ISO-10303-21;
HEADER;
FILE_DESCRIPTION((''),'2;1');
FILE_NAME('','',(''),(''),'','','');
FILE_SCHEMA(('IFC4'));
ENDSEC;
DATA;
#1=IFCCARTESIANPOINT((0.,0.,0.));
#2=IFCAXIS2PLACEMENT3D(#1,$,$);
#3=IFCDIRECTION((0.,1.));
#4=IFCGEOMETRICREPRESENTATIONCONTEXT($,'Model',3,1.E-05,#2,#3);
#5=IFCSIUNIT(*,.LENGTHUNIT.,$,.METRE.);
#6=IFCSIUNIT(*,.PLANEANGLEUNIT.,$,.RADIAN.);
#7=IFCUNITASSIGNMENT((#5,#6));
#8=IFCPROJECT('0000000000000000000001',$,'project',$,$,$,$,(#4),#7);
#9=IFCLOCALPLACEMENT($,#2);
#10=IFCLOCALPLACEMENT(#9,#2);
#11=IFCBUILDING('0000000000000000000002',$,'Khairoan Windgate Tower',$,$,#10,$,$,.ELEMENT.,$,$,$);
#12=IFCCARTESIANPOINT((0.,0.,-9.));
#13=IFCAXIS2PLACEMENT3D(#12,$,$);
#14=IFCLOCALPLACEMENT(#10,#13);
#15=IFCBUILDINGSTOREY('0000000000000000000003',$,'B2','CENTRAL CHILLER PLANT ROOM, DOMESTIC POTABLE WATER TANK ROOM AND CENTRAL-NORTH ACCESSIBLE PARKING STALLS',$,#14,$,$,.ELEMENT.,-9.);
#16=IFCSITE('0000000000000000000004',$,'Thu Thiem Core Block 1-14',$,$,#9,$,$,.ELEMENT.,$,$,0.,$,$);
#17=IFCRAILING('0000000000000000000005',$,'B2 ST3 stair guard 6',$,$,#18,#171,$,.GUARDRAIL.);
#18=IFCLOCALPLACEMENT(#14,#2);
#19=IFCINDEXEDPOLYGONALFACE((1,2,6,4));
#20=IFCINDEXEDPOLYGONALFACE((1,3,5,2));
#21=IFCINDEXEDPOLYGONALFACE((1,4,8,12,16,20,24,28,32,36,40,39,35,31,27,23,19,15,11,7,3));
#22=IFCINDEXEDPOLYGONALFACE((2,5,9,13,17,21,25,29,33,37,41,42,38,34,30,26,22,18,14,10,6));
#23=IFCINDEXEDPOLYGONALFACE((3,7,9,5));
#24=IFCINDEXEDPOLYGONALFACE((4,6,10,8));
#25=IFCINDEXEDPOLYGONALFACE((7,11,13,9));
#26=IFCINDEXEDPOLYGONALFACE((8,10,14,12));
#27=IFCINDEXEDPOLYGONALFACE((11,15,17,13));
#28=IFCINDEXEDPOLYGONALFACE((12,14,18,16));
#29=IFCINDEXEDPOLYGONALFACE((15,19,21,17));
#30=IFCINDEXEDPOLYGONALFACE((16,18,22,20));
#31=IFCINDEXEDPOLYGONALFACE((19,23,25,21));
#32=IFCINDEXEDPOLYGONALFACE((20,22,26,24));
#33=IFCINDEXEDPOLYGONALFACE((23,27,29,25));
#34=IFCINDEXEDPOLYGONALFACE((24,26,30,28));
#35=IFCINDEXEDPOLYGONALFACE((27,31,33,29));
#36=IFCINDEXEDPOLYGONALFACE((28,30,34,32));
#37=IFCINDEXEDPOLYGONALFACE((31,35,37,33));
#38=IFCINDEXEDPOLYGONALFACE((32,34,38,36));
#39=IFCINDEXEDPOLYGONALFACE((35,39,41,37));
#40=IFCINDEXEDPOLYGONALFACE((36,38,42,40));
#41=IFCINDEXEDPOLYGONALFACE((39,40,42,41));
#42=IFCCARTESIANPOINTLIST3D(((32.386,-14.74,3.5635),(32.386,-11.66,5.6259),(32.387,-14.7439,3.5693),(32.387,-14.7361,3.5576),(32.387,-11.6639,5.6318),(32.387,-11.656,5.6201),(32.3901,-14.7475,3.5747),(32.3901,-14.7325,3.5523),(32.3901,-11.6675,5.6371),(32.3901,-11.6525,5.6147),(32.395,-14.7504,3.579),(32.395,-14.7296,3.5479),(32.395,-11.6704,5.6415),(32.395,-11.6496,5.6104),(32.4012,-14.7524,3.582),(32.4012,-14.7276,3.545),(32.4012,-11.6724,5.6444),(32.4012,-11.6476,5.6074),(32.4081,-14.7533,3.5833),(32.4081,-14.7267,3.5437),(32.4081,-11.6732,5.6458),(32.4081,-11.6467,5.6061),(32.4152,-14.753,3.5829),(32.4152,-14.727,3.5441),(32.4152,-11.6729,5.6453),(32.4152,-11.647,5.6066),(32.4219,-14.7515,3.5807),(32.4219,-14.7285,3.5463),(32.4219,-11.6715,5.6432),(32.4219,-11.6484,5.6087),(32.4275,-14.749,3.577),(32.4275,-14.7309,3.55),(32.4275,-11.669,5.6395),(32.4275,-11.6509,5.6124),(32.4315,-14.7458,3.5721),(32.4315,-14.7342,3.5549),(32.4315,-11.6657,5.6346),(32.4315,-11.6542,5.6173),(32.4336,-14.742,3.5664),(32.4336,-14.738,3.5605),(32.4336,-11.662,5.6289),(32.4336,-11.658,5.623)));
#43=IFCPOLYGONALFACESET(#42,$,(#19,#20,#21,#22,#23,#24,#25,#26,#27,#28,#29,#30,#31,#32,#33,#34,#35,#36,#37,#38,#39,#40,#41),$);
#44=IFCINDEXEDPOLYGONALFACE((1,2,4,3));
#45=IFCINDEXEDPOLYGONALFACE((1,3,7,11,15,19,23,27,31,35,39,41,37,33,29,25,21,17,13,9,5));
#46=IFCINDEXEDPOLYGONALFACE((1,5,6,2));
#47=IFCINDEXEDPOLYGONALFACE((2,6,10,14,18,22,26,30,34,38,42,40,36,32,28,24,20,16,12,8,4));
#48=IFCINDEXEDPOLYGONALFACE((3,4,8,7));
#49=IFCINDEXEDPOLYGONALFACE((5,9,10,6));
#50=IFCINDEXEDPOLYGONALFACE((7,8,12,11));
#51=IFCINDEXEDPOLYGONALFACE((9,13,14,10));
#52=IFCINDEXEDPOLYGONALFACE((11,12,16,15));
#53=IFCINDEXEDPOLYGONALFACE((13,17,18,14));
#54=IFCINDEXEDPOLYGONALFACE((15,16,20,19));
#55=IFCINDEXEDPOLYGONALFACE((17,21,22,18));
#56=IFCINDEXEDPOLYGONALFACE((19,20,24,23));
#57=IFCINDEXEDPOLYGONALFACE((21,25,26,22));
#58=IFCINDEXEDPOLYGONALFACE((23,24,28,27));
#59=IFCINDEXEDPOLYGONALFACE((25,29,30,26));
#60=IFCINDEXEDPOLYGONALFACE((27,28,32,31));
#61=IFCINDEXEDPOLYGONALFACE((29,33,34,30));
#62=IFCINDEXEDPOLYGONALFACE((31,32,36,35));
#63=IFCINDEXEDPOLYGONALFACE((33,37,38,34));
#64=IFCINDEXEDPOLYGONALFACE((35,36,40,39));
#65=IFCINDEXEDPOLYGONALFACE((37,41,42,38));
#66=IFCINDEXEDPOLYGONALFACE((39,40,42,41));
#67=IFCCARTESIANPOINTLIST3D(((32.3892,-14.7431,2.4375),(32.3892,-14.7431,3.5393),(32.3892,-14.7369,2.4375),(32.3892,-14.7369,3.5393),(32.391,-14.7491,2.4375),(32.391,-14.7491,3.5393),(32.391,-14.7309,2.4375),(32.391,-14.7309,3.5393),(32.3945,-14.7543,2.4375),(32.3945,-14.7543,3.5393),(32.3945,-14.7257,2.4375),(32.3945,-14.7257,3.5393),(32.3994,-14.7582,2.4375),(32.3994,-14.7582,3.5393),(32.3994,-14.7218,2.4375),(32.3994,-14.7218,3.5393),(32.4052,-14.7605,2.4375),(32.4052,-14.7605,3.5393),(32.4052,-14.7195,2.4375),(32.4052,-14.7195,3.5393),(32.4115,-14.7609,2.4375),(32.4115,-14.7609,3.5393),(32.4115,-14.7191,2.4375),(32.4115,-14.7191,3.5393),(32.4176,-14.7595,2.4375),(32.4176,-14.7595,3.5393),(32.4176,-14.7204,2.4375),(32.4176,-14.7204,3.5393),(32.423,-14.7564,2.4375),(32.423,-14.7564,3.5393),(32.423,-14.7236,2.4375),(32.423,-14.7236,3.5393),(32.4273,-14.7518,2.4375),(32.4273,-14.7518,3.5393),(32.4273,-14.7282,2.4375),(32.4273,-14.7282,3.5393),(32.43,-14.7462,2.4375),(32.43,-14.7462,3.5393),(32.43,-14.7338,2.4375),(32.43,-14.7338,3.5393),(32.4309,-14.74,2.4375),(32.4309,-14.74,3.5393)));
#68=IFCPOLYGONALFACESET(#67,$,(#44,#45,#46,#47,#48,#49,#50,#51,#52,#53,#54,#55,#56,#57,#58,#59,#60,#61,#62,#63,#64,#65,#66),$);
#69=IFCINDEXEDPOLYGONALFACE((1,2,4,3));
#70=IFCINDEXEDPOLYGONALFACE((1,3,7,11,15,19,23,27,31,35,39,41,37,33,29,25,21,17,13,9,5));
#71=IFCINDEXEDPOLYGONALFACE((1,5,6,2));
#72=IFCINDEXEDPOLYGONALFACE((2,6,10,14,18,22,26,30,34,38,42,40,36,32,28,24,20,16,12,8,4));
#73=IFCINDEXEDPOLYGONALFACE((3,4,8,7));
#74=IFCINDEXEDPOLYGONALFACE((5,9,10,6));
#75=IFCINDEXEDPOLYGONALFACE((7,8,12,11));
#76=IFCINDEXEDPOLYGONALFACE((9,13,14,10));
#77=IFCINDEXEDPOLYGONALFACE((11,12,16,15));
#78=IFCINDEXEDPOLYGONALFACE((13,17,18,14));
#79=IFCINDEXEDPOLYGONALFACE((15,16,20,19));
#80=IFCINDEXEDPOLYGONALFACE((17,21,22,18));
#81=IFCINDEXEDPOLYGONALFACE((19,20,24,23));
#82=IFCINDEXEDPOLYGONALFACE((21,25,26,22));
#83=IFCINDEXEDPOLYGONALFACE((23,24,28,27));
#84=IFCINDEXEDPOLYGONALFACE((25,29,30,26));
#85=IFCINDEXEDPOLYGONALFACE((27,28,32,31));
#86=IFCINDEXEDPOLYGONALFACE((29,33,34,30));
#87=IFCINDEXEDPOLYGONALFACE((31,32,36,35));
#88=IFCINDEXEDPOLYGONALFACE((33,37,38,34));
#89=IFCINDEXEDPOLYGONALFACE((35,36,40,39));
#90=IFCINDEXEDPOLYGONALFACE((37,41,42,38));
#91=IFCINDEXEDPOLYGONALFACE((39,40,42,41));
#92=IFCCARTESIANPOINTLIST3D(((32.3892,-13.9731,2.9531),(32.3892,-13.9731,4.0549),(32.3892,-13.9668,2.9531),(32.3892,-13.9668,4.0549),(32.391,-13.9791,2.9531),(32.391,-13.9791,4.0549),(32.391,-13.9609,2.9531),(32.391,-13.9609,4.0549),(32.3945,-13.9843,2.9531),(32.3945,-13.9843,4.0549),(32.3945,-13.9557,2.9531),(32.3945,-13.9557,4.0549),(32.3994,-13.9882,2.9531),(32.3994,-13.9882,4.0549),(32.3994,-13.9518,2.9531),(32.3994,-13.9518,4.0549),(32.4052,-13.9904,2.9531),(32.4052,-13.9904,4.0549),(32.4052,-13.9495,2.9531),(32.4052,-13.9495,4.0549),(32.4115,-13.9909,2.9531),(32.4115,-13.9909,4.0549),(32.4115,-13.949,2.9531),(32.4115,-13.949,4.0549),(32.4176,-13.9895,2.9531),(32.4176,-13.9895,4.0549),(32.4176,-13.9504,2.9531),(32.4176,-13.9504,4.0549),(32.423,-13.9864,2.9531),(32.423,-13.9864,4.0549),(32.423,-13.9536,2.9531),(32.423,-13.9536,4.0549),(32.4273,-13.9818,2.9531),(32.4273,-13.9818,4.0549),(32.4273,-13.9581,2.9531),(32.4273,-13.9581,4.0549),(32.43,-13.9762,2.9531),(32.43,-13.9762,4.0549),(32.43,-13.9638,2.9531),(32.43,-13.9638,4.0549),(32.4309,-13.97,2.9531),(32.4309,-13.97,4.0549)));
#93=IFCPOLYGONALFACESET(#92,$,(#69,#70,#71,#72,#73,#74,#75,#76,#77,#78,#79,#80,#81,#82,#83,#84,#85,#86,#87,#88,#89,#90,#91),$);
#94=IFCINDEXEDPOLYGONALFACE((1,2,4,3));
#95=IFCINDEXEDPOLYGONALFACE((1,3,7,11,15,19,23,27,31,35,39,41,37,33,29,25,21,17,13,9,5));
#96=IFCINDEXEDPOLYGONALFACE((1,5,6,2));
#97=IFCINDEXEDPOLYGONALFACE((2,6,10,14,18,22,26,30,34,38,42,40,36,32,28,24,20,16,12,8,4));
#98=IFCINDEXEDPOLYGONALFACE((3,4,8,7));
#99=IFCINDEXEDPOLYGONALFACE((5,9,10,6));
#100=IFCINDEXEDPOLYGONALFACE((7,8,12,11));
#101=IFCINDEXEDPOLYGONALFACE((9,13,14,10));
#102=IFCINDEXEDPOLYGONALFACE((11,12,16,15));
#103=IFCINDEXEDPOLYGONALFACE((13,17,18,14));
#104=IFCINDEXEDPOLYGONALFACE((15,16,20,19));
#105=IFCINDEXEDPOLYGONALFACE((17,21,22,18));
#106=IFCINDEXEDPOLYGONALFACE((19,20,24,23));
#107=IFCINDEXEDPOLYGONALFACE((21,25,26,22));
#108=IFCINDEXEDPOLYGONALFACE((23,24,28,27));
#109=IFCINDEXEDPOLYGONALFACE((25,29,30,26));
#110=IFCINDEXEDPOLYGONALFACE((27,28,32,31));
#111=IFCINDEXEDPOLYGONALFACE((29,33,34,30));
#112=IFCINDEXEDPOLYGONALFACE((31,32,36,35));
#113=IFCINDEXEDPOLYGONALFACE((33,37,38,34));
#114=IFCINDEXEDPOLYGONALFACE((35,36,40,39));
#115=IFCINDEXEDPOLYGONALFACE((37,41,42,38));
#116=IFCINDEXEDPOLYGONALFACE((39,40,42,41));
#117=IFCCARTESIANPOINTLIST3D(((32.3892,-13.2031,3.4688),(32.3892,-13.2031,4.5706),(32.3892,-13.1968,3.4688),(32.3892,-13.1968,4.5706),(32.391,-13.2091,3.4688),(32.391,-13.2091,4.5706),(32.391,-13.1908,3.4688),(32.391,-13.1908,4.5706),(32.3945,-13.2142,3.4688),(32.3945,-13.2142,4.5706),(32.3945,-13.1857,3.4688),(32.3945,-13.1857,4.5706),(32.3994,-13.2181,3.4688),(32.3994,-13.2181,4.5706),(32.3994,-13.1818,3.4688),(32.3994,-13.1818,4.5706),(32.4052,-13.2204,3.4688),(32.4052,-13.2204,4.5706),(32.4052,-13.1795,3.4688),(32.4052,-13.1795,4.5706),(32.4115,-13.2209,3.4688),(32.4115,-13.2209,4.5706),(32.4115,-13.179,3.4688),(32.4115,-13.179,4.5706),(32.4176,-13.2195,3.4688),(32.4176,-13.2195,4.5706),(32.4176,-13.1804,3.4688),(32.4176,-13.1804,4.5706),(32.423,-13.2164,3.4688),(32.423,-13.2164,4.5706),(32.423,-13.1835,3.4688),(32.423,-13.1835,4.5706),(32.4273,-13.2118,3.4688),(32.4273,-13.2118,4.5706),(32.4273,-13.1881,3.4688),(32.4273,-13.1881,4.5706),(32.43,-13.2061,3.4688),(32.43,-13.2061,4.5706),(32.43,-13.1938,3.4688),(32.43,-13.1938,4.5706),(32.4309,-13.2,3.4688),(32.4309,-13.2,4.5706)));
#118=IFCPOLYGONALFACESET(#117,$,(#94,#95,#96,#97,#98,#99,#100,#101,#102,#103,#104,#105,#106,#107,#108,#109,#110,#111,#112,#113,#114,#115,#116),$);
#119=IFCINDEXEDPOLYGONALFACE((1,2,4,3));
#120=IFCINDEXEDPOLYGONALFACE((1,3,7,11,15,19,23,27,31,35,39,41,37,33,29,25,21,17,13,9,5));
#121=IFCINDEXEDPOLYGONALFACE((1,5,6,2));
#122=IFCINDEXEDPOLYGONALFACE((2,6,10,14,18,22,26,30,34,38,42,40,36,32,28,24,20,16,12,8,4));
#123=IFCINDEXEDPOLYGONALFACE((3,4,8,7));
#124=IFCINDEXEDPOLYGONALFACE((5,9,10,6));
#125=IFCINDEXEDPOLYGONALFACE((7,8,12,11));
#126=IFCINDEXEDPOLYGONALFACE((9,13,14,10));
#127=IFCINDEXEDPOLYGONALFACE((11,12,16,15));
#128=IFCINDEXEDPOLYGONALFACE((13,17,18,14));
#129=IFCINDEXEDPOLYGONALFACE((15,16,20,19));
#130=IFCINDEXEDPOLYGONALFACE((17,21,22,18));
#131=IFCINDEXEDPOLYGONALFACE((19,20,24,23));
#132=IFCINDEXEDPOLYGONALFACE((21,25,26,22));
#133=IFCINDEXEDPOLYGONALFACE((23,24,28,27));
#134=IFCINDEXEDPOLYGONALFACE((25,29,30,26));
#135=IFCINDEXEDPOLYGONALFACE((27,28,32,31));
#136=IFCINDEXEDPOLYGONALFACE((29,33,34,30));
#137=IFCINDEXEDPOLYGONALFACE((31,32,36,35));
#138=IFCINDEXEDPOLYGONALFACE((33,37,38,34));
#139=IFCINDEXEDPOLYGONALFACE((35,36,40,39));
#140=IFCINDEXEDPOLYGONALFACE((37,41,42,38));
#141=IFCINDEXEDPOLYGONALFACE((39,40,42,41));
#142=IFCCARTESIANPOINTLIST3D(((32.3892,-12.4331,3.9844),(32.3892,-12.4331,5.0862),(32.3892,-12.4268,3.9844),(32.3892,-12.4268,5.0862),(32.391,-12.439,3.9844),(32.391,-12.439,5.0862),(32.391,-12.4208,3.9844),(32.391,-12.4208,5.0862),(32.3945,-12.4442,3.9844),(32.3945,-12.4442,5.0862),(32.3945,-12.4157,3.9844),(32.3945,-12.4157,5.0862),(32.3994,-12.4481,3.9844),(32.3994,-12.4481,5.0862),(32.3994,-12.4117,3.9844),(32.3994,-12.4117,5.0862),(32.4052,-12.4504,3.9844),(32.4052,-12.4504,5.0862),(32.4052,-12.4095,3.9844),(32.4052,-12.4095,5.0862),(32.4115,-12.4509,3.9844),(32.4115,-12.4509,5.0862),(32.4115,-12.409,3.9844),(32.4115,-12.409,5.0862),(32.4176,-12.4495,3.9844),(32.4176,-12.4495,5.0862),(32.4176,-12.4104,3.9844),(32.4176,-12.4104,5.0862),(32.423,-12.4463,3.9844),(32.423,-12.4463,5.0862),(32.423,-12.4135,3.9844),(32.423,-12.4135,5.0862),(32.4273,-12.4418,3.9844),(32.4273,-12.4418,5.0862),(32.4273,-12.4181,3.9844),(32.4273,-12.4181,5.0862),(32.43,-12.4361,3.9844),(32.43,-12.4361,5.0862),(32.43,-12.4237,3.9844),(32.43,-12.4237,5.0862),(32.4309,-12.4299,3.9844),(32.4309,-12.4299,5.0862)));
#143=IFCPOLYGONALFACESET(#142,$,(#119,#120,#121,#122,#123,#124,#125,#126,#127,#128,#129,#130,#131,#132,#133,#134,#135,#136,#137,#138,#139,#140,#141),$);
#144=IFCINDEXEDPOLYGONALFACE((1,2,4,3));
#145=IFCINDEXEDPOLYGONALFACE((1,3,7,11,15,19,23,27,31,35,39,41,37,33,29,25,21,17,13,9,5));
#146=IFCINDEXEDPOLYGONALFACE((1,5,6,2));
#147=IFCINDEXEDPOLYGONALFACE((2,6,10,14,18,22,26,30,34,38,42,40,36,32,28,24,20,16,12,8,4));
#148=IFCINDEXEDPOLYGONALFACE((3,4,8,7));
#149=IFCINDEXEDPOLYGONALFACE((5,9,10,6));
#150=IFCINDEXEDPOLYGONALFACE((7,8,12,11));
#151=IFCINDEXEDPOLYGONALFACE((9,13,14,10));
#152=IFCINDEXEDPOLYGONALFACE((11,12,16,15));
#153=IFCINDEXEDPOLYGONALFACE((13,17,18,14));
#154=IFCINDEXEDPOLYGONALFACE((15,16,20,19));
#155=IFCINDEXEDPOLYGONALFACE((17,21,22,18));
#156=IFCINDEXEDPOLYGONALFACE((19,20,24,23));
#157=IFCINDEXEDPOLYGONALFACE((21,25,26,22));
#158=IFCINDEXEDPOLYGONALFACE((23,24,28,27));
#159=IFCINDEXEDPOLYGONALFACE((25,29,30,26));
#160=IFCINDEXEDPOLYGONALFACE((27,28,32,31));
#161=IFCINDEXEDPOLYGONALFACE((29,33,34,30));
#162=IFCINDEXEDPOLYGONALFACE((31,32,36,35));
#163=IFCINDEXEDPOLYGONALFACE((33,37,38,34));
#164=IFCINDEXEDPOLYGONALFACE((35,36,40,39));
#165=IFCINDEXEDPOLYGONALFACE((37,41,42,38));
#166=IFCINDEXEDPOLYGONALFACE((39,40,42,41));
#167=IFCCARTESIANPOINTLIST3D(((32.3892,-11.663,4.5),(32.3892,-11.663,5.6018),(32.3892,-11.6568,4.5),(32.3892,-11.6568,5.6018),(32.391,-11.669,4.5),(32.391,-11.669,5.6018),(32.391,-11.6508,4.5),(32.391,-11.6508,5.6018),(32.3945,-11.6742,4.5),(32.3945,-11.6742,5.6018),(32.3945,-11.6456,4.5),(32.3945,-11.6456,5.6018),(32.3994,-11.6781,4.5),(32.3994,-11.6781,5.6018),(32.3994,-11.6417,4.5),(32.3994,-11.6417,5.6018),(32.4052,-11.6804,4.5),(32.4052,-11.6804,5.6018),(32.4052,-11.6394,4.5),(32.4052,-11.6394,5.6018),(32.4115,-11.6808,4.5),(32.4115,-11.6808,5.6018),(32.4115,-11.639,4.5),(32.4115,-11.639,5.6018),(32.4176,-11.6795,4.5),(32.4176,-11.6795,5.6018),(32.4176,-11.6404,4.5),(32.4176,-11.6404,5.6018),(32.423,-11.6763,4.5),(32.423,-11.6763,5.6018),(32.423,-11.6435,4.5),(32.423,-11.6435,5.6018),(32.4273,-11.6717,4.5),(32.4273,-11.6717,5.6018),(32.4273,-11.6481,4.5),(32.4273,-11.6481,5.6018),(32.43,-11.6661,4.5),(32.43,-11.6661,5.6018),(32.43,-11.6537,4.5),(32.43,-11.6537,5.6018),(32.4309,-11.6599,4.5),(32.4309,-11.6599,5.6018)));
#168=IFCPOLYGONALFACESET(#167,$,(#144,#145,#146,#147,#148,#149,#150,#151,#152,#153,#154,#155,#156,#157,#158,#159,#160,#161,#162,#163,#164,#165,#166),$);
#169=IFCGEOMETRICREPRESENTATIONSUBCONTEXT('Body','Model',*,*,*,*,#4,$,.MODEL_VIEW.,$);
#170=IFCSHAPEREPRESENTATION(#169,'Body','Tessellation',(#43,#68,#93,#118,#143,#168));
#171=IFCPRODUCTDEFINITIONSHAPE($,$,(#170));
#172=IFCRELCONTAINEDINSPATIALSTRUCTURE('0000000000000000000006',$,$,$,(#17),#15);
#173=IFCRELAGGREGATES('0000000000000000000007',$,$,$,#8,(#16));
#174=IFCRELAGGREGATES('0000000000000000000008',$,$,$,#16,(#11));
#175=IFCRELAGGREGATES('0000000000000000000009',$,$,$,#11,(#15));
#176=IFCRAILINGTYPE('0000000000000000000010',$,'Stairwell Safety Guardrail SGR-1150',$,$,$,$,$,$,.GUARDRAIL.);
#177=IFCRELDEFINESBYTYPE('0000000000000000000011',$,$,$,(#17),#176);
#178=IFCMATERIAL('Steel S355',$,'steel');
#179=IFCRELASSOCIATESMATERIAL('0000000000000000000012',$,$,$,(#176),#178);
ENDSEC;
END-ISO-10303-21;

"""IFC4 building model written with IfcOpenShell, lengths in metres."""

from ifc_helpers import new_model, si_unit, direction, frame, origin, origin_2d, place, context, subcontext, project, spatial, circle, extrude, material, type_object, element, save


model = new_model("IFC4")

# Units and contexts
model_context = context("Model", 3, precision=1e-05, world=origin(), true_north=direction((0.0, 1.0)))
body_context = subcontext(model_context, "Body", "Model", "MODEL_VIEW")
ifc_project = project(units=[si_unit("LENGTHUNIT", "METRE"), si_unit("PLANEANGLEUNIT", "RADIAN")], contexts=[model_context])

# Site, building, storey
site_placement = place(None, origin())
site = spatial("IfcSite", under=ifc_project, at=site_placement, Name="Thu Thiem Core Block 1-14", CompositionType="ELEMENT", RefElevation=0.0)
building_placement = place(site_placement, origin())
building = spatial("IfcBuilding", under=site, at=building_placement, Name="Khairoan Windgate Tower", CompositionType="ELEMENT")
storey_placement = place(building_placement, frame((0.0, 0.0, -9.0)))
storey = spatial("IfcBuildingStorey", under=building, at=storey_placement, Name="B2", Description="CENTRAL CHILLER PLANT ROOM, DOMESTIC POTABLE WATER TANK ROOM AND CENTRAL-NORTH ACCESSIBLE PARKING STALLS", CompositionType="ELEMENT", Elevation=-9.0)

# Railing
ifc_material_1 = material(Name="Steel S355", Category="steel")
railing_type_1 = type_object("IfcRailingType", Name="Stairwell Safety Guardrail SGR-1150", PredefinedType="GUARDRAIL", material=ifc_material_1)
railing_1_placement = place(storey_placement, frame((32.4099, -14.74, 2.4375)))
element("IfcRailing", 1, at=railing_1_placement, inside=storey, type_object=railing_type_1, Name="B2 ST3 stair guard 6", PredefinedType="GUARDRAIL", context=body_context, shape_type="SweptSolid", body=[
    extrude(circle(Radius=0.0239, at=origin_2d()), frame((0.0, 0.0, 1.126), z_axis=(0.0, 0.830914, 0.556401), x_axis=(-1.0, 0.0, 0.0)), (0.0, 0.0, 1.0), 3.7068),
    extrude(circle(Radius=0.021, at=origin_2d()), origin(), (0.0, 0.0, 1.0), 1.1018),
    extrude(circle(Radius=0.021, at=origin_2d()), frame((0.0, 0.77, 0.5156)), (0.0, 0.0, 1.0), 1.1018),
    extrude(circle(Radius=0.021, at=origin_2d()), frame((0.0, 1.54, 1.0312)), (0.0, 0.0, 1.0), 1.1018),
    extrude(circle(Radius=0.021, at=origin_2d()), frame((0.0, 2.3101, 1.5469)), (0.0, 0.0, 1.0), 1.1018),
    extrude(circle(Radius=0.021, at=origin_2d()), frame((0.0, 3.0801, 2.0625)), (0.0, 0.0, 1.0), 1.1018),
])

save(model, "model.ifc")
